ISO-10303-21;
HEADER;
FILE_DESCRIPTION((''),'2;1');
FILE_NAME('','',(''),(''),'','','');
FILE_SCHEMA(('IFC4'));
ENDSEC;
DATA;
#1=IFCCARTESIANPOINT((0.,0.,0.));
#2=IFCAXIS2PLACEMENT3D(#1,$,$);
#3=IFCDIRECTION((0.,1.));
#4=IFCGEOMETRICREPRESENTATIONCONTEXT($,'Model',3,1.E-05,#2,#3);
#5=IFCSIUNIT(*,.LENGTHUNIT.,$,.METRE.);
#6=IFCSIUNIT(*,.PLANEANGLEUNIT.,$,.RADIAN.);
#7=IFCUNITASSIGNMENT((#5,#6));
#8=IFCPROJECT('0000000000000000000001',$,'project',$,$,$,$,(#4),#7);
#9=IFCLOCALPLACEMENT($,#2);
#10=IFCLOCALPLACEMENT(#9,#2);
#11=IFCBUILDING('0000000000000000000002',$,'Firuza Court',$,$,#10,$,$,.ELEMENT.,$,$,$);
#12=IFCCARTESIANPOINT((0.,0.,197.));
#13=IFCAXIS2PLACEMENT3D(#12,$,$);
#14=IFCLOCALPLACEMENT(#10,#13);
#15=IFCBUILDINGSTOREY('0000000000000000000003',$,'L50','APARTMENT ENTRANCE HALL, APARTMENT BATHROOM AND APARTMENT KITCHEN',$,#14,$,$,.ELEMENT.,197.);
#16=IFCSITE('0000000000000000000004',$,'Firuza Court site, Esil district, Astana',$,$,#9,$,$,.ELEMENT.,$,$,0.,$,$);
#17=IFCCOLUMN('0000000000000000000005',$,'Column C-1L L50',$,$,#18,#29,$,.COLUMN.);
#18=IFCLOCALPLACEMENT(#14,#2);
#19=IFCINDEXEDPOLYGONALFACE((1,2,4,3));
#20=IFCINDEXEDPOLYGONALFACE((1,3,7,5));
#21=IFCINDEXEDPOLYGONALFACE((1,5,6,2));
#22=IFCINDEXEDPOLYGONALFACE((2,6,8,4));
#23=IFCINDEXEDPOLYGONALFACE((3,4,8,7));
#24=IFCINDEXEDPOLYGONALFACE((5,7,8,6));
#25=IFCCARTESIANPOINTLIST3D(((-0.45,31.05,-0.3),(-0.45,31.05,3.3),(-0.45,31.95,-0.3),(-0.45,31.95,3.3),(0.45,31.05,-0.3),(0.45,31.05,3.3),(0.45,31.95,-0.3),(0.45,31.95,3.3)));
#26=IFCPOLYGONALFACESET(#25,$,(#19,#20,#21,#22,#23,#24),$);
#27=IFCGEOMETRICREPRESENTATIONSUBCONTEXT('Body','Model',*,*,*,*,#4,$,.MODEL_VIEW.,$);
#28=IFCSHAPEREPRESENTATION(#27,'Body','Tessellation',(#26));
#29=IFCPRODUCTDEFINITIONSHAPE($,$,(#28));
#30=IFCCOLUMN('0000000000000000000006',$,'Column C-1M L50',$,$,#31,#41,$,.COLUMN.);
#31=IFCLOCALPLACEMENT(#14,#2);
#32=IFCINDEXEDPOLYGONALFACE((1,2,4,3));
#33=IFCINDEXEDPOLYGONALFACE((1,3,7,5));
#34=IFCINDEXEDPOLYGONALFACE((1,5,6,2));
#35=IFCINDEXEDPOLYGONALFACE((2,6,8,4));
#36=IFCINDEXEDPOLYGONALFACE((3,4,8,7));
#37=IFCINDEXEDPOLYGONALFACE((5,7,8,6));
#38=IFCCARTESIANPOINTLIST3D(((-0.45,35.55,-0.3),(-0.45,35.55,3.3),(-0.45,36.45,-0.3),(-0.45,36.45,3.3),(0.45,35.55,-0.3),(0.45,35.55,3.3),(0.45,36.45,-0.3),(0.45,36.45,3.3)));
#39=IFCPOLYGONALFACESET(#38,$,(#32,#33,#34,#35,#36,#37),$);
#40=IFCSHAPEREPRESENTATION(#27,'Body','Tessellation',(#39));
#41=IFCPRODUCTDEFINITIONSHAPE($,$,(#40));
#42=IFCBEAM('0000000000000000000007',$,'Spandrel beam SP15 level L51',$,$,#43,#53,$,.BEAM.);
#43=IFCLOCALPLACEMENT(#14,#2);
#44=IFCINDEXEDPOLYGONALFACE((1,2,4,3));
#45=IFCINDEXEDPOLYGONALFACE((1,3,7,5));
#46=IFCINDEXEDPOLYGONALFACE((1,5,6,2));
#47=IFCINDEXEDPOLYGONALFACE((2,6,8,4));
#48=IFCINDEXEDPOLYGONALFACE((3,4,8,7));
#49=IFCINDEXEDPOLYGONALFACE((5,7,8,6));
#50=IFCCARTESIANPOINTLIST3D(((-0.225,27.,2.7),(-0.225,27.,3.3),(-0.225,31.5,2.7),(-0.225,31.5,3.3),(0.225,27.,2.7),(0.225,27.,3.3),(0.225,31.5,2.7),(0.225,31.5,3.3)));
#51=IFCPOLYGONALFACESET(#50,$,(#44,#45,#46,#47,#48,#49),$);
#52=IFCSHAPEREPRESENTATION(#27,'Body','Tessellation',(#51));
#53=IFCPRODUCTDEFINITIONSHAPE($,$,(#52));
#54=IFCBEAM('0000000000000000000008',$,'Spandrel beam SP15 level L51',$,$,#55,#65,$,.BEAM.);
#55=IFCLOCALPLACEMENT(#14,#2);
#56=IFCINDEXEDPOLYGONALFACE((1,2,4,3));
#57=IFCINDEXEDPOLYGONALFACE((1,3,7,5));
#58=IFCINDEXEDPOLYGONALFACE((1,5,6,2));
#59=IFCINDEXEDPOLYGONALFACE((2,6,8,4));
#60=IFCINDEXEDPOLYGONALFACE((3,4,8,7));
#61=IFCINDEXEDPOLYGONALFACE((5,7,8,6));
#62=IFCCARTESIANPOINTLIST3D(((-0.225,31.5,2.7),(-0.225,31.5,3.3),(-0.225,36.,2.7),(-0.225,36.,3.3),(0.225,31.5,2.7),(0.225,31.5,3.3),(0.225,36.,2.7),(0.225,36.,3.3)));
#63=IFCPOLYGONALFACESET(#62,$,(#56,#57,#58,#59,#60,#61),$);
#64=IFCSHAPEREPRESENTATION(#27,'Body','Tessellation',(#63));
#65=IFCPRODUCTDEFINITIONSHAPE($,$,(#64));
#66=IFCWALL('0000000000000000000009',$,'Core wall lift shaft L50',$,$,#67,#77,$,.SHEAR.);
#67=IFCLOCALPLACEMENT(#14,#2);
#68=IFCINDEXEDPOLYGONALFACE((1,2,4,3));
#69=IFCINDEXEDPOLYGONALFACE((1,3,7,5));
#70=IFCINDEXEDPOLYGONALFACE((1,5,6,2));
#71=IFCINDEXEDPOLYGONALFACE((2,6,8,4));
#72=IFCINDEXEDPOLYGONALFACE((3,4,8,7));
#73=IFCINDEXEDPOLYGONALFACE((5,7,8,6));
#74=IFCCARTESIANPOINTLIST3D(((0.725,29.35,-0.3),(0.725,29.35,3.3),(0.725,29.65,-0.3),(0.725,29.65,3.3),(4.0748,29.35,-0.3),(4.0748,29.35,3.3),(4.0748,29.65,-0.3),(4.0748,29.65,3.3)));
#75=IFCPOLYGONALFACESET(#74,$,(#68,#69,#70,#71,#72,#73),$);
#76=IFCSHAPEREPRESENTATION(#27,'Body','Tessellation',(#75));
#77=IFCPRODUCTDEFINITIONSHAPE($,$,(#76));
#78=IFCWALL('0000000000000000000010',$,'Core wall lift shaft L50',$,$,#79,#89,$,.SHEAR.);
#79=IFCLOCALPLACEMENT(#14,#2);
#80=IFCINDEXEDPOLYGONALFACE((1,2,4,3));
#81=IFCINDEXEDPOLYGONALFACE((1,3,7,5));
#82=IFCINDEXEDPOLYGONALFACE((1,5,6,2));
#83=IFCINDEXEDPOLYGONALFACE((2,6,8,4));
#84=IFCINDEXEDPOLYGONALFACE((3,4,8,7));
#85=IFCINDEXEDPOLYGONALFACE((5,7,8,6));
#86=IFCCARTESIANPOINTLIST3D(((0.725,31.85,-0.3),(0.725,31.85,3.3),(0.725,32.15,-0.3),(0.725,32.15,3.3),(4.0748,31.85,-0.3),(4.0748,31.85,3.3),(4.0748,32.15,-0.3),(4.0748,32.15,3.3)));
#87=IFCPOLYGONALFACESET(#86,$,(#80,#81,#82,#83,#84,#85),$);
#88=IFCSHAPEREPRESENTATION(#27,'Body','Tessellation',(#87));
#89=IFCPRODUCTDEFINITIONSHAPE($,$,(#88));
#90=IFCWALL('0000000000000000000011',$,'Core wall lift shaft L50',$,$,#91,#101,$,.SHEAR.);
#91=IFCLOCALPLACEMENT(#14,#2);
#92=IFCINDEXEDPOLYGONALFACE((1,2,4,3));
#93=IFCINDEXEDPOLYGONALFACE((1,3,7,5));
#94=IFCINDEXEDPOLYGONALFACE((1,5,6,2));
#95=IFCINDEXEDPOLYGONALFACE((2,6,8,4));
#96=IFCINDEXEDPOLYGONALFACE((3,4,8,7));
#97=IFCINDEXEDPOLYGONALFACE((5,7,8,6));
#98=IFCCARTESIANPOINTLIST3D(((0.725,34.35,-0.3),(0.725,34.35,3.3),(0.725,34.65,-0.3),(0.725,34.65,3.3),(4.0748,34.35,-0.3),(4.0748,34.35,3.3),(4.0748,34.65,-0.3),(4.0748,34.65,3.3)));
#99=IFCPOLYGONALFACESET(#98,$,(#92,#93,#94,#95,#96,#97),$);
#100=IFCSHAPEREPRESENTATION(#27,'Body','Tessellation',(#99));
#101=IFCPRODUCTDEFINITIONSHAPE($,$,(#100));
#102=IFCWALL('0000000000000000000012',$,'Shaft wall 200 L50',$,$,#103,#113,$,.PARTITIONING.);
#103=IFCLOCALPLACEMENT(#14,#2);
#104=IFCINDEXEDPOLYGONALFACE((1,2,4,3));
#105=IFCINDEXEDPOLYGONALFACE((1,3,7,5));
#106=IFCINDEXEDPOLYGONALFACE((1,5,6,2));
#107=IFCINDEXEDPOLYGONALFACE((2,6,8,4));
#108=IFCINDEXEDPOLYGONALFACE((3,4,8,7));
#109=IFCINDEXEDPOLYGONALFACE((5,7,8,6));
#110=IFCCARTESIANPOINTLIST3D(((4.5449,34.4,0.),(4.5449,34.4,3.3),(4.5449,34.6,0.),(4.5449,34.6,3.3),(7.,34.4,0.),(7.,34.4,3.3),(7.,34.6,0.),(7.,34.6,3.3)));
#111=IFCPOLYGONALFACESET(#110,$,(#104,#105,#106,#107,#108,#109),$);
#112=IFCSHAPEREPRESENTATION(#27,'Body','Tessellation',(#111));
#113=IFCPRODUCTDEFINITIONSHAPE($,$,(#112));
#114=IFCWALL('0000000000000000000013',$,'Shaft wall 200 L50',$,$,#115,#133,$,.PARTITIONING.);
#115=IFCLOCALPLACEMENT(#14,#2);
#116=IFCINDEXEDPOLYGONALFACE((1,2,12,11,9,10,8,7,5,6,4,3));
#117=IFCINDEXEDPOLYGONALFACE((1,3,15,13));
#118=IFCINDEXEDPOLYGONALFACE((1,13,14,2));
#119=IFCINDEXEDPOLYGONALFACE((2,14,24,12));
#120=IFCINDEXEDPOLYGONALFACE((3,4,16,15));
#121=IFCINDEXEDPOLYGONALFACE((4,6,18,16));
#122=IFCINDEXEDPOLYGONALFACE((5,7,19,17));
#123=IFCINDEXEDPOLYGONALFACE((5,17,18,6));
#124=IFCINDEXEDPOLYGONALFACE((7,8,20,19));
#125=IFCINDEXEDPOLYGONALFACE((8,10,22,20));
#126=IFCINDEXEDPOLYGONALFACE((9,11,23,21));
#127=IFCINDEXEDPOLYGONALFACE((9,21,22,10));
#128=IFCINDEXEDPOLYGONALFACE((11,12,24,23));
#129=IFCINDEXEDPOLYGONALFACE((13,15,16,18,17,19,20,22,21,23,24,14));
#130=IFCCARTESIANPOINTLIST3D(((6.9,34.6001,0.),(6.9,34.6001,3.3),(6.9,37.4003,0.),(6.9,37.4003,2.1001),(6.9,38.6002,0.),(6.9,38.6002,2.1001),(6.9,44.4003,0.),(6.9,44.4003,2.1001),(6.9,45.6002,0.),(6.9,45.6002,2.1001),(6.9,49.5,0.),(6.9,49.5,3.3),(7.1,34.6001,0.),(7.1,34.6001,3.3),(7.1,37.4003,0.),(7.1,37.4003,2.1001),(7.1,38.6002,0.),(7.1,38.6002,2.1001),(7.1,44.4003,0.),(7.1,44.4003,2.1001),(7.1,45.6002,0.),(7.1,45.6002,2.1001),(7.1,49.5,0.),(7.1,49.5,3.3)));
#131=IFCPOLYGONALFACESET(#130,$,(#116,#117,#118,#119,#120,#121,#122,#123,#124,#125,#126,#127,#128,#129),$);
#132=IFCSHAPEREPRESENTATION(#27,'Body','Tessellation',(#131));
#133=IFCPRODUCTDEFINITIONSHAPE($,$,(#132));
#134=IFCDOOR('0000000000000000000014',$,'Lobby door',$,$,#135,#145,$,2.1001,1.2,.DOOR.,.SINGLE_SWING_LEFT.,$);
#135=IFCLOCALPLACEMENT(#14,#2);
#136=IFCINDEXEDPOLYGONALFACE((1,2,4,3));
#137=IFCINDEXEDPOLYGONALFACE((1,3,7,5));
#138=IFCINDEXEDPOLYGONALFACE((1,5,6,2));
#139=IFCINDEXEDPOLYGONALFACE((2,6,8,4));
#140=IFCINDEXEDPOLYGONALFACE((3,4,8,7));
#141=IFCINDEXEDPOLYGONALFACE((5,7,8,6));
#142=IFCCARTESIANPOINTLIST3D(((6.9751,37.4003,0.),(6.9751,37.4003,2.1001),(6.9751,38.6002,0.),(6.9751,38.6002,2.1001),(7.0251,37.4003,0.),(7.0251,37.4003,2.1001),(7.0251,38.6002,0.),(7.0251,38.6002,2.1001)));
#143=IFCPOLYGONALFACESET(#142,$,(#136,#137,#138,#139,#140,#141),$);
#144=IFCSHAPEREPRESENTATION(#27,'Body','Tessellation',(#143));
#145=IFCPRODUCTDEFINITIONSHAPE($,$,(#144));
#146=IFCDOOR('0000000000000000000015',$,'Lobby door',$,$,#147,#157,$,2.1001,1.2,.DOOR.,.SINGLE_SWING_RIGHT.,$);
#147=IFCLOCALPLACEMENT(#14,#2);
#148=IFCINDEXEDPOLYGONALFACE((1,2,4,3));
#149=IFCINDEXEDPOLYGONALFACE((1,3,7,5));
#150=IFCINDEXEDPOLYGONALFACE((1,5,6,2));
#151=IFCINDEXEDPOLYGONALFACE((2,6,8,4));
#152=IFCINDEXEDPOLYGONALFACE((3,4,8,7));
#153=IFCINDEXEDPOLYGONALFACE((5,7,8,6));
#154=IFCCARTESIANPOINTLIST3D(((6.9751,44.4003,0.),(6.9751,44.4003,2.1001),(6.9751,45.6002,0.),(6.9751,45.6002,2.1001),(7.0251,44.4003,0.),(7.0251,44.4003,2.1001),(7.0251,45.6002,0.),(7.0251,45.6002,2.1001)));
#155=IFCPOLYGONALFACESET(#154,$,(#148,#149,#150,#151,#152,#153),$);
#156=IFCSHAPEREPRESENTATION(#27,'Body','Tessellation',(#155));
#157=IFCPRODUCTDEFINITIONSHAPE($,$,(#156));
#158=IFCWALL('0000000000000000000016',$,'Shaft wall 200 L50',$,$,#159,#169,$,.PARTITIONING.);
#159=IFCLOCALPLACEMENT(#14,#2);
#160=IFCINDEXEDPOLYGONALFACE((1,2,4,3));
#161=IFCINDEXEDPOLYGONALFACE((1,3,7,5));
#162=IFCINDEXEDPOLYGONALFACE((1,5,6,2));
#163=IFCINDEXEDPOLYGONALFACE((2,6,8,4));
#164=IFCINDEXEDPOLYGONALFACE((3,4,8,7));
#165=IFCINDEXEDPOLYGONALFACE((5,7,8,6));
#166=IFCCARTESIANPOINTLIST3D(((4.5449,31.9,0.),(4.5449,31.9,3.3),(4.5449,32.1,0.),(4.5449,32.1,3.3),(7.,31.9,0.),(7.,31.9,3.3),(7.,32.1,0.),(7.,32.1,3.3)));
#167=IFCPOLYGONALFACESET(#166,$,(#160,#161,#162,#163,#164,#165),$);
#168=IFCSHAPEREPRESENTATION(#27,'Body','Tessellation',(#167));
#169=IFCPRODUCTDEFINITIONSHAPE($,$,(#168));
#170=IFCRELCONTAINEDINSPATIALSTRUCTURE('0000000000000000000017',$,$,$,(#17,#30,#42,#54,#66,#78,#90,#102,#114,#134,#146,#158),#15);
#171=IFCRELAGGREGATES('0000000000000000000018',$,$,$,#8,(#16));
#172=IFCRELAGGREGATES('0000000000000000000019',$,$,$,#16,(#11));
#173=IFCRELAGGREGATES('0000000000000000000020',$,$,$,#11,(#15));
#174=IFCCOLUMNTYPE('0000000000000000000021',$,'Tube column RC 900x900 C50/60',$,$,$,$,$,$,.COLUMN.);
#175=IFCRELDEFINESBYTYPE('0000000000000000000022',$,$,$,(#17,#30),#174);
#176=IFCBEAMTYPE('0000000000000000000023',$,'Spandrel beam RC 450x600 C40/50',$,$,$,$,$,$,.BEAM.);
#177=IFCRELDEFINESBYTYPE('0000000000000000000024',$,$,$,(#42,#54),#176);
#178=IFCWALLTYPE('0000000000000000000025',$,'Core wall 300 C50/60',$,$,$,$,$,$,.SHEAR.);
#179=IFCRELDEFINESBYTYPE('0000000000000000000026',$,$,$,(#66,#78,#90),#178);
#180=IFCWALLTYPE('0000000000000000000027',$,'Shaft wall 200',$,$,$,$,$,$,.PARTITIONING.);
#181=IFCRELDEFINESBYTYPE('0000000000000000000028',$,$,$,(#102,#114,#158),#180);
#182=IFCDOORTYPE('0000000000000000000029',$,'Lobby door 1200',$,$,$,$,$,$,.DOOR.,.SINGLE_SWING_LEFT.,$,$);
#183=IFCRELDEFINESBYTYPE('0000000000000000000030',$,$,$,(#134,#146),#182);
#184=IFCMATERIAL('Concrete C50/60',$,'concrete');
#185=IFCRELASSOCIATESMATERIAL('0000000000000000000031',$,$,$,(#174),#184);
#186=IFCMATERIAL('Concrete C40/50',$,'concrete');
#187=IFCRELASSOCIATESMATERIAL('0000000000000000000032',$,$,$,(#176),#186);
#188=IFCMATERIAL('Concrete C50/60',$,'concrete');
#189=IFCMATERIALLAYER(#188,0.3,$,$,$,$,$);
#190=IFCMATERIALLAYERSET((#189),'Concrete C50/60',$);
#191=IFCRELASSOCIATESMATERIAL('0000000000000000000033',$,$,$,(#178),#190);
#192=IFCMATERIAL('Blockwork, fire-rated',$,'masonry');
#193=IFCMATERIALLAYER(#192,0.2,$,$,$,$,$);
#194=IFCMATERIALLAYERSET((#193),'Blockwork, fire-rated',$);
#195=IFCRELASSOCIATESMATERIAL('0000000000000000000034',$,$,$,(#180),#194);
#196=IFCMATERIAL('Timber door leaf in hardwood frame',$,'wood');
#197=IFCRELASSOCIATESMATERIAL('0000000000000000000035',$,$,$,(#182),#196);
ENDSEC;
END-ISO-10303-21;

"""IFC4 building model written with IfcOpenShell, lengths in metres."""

from ifc_helpers import new_model, si_unit, direction, frame, frame_2d, origin, origin_2d, place, context, subcontext, project, spatial, rectangle, extrude, material, layer, layer_set, material_profile, profile_set, type_object, element, fill, save


model = new_model("IFC4")

# Units and contexts
model_context = context("Model", 3, precision=1e-05, world=origin(), true_north=direction((0.0, 1.0)))
body_context = subcontext(model_context, "Body", "Model", "MODEL_VIEW")
ifc_project = project(units=[si_unit("LENGTHUNIT", "METRE"), si_unit("PLANEANGLEUNIT", "RADIAN")], contexts=[model_context])

# Site, building, storey
site_placement = place(None, origin())
site = spatial("IfcSite", under=ifc_project, at=site_placement, Name="Firuza Court site, Esil district, Astana", CompositionType="ELEMENT", RefElevation=0.0)
building_placement = place(site_placement, origin())
building = spatial("IfcBuilding", under=site, at=building_placement, Name="Firuza Court", CompositionType="ELEMENT")
storey_placement = place(building_placement, frame((0.0, 0.0, 197.0)))
storey = spatial("IfcBuildingStorey", under=building, at=storey_placement, Name="L50", Description="APARTMENT ENTRANCE HALL, APARTMENT BATHROOM AND APARTMENT KITCHEN", CompositionType="ELEMENT", Elevation=197.0)

# Columns
ifc_material_1 = material(Name="Concrete C50/60", Category="concrete")
ifc_material_profile_1 = material_profile(ifc_material_1, rectangle(XDim=0.8999, YDim=0.8999, at=origin_2d()), Name="RC 900x900")
ifc_profile_set_1 = profile_set([ifc_material_profile_1], Name="Concrete C50/60")
column_type = type_object("IfcColumnType", Name="Tube column RC 900x900 C50/60", PredefinedType="COLUMN", material=ifc_profile_set_1)
for number, where, z_axis, x_axis, name in (
    (1, (0.0, 31.5, -0.3), (0.0, 0.0, 1.0), (1.0, 0.0, 0.0), "Column C-1L L50"),
    (2, (0.0, 36.0, -0.3), (0.0, 0.0, 1.0), (1.0, 0.0, 0.0), "Column C-1M L50"),
):
    element("IfcColumn", number, at=place(storey_placement, frame(where, z_axis=z_axis, x_axis=x_axis)), inside=storey, type_object=column_type, Name=name, PredefinedType="COLUMN", context=body_context, shape_type="SweptSolid", body=[
        extrude(rectangle(XDim=0.8999, YDim=0.8999, at=origin_2d()), origin(), (0.0, 0.0, 1.0), 3.6001),
    ])

# Beams
ifc_material_2 = material(Name="Concrete C40/50", Category="concrete")
ifc_material_profile_2 = material_profile(ifc_material_2, rectangle(XDim=0.45, YDim=0.6001, at=origin_2d()), Name="RC 450x600")
ifc_profile_set_2 = profile_set([ifc_material_profile_2], Name="Concrete C40/50")
beam_type = type_object("IfcBeamType", Name="Spandrel beam RC 450x600 C40/50", PredefinedType="BEAM", material=ifc_profile_set_2)
for number, where, z_axis, x_axis, name in (
    (3, (0.0, 31.5, 3.0), (0.0, -1.0, 0.0), (1.0, 0.0, 0.0), "Spandrel beam SP15 level L51"),
    (4, (0.0, 36.0, 3.0), (0.0, -1.0, 0.0), (1.0, 0.0, 0.0), "Spandrel beam SP15 level L51"),
):
    element("IfcBeam", number, at=place(storey_placement, frame(where, z_axis=z_axis, x_axis=x_axis)), inside=storey, type_object=beam_type, Name=name, PredefinedType="BEAM", context=body_context, shape_type="SweptSolid", body=[
        extrude(rectangle(XDim=0.45, YDim=0.6001, at=origin_2d()), origin(), (0.0, 0.0, 1.0), 4.5),
    ])

# Walls
ifc_material_3 = material(Name="Concrete C50/60", Category="concrete")
ifc_layer_1 = layer(ifc_material_3, 0.3)
ifc_layer_set_1 = layer_set([ifc_layer_1], Name="Concrete C50/60")
wall_type_1 = type_object("IfcWallType", Name="Core wall 300 C50/60", PredefinedType="SHEAR", material=ifc_layer_set_1)
for number, where, z_axis, x_axis, name in (
    (5, (0.7251, 29.5, -0.3), (0.0, 0.0, 1.0), (1.0, 0.0, 0.0), "Core wall lift shaft L50"),
    (6, (0.7251, 32.0, -0.3), (0.0, 0.0, 1.0), (1.0, 0.0, 0.0), "Core wall lift shaft L50"),
    (7, (0.7251, 34.5, -0.3), (0.0, 0.0, 1.0), (1.0, 0.0, 0.0), "Core wall lift shaft L50"),
):
    element("IfcWall", number, at=place(storey_placement, frame(where, z_axis=z_axis, x_axis=x_axis)), inside=storey, type_object=wall_type_1, Name=name, PredefinedType="SHEAR", context=body_context, shape_type="SweptSolid", body=[
        extrude(rectangle(XDim=3.3499, YDim=0.3, at=frame_2d((1.6748, 0.0))), origin(), (0.0, 0.0, 1.0), 3.6001),
    ])
ifc_material_4 = material(Name="Blockwork, fire-rated", Category="masonry")
ifc_layer_2 = layer(ifc_material_4, 0.2)
ifc_layer_set_2 = layer_set([ifc_layer_2], Name="Blockwork, fire-rated")
wall_type_2 = type_object("IfcWallType", Name="Shaft wall 200", PredefinedType="PARTITIONING", material=ifc_layer_set_2)
wall_1_placement = place(storey_placement, frame((4.5449, 34.5, 0.0), z_axis=(0.0, 0.0, 1.0), x_axis=(1.0, 0.0, 0.0)))
element("IfcWall", 8, at=wall_1_placement, inside=storey, type_object=wall_type_2, Name="Shaft wall 200 L50", PredefinedType="PARTITIONING", context=body_context, shape_type="SweptSolid", body=[
    extrude(rectangle(XDim=2.4551, YDim=0.2, at=frame_2d((1.2275, 0.0))), origin(), (0.0, 0.0, 1.0), 3.3),
])

# Wall, openings, doors
wall_2_placement = place(storey_placement, frame((7.0, 34.6001, 0.0), z_axis=(0.0, 0.0, 1.0), x_axis=(0.0, 1.0, 0.0)))
wall_2 = element("IfcWall", 9, at=wall_2_placement, inside=storey, type_object=wall_type_2, Name="Shaft wall 200 L50", PredefinedType="PARTITIONING", context=body_context, shape_type="SweptSolid", body=[
    extrude(rectangle(XDim=14.8999, YDim=0.2, at=frame_2d((7.45, 0.0))), origin(), (0.0, 0.0, 1.0), 3.3),
])
opening_1_placement = place(wall_2_placement, frame((2.8, 0.0, 0.0)))
opening_1 = element("IfcOpeningElement", 10, at=opening_1_placement, cuts=wall_2, PredefinedType="OPENING", context=body_context, shape_type="SweptSolid", body=[
    extrude(rectangle(XDim=1.2, YDim=2.1001, at=frame_2d((0.6001, 1.05))), frame((0.0, 0.1118, 0.0), z_axis=(0.0, -1.0, 0.0), x_axis=(1.0, 0.0, 0.0)), (0.0, 0.0, 1.0), 0.2239),
])
opening_2_placement = place(wall_2_placement, frame((9.8, 0.0, 0.0)))
opening_2 = element("IfcOpeningElement", 11, at=opening_2_placement, cuts=wall_2, PredefinedType="OPENING", context=body_context, shape_type="SweptSolid", body=[
    extrude(rectangle(XDim=1.2, YDim=2.1001, at=frame_2d((0.6001, 1.05))), frame((0.0, 0.1118, 0.0), z_axis=(0.0, -1.0, 0.0), x_axis=(1.0, 0.0, 0.0)), (0.0, 0.0, 1.0), 0.2239),
])
ifc_material_5 = material(Name="Timber door leaf in hardwood frame", Category="wood")
door_type = type_object("IfcDoorType", Name="Lobby door 1200", OperationType="SINGLE_SWING_LEFT", PredefinedType="DOOR", material=ifc_material_5)
door_1_placement = place(opening_1_placement, origin())
door_1 = element("IfcDoor", 12, at=door_1_placement, inside=storey, type_object=door_type, Name="Lobby door", OperationType="SINGLE_SWING_LEFT", OverallHeight=2.1001, OverallWidth=1.2, PredefinedType="DOOR", context=body_context, shape_type="SweptSolid", body=[
    extrude(rectangle(XDim=1.2, YDim=2.1001, at=frame_2d((0.6001, 1.05))), frame((0.0, 0.0249, 0.0), z_axis=(0.0, -1.0, 0.0), x_axis=(1.0, 0.0, 0.0)), (0.0, 0.0, 1.0), 0.05),
])
fill(opening_1, door_1)
door_2_placement = place(opening_2_placement, origin())
door_2 = element("IfcDoor", 13, at=door_2_placement, inside=storey, type_object=door_type, Name="Lobby door", OperationType="SINGLE_SWING_RIGHT", OverallHeight=2.1001, OverallWidth=1.2, PredefinedType="DOOR", context=body_context, shape_type="SweptSolid", body=[
    extrude(rectangle(XDim=1.2, YDim=2.1001, at=frame_2d((0.6001, 1.05))), frame((0.0, 0.0249, 0.0), z_axis=(0.0, -1.0, 0.0), x_axis=(1.0, 0.0, 0.0)), (0.0, 0.0, 1.0), 0.05),
])
fill(opening_2, door_2)

# Wall
wall_3_placement = place(storey_placement, frame((4.5449, 32.0, 0.0), z_axis=(0.0, 0.0, 1.0), x_axis=(1.0, 0.0, 0.0)))
element("IfcWall", 14, at=wall_3_placement, inside=storey, type_object=wall_type_2, Name="Shaft wall 200 L50", PredefinedType="PARTITIONING", context=body_context, shape_type="SweptSolid", body=[
    extrude(rectangle(XDim=2.4551, YDim=0.2, at=frame_2d((1.2275, 0.0))), origin(), (0.0, 0.0, 1.0), 3.3),
])

save(model, "model.ifc")
